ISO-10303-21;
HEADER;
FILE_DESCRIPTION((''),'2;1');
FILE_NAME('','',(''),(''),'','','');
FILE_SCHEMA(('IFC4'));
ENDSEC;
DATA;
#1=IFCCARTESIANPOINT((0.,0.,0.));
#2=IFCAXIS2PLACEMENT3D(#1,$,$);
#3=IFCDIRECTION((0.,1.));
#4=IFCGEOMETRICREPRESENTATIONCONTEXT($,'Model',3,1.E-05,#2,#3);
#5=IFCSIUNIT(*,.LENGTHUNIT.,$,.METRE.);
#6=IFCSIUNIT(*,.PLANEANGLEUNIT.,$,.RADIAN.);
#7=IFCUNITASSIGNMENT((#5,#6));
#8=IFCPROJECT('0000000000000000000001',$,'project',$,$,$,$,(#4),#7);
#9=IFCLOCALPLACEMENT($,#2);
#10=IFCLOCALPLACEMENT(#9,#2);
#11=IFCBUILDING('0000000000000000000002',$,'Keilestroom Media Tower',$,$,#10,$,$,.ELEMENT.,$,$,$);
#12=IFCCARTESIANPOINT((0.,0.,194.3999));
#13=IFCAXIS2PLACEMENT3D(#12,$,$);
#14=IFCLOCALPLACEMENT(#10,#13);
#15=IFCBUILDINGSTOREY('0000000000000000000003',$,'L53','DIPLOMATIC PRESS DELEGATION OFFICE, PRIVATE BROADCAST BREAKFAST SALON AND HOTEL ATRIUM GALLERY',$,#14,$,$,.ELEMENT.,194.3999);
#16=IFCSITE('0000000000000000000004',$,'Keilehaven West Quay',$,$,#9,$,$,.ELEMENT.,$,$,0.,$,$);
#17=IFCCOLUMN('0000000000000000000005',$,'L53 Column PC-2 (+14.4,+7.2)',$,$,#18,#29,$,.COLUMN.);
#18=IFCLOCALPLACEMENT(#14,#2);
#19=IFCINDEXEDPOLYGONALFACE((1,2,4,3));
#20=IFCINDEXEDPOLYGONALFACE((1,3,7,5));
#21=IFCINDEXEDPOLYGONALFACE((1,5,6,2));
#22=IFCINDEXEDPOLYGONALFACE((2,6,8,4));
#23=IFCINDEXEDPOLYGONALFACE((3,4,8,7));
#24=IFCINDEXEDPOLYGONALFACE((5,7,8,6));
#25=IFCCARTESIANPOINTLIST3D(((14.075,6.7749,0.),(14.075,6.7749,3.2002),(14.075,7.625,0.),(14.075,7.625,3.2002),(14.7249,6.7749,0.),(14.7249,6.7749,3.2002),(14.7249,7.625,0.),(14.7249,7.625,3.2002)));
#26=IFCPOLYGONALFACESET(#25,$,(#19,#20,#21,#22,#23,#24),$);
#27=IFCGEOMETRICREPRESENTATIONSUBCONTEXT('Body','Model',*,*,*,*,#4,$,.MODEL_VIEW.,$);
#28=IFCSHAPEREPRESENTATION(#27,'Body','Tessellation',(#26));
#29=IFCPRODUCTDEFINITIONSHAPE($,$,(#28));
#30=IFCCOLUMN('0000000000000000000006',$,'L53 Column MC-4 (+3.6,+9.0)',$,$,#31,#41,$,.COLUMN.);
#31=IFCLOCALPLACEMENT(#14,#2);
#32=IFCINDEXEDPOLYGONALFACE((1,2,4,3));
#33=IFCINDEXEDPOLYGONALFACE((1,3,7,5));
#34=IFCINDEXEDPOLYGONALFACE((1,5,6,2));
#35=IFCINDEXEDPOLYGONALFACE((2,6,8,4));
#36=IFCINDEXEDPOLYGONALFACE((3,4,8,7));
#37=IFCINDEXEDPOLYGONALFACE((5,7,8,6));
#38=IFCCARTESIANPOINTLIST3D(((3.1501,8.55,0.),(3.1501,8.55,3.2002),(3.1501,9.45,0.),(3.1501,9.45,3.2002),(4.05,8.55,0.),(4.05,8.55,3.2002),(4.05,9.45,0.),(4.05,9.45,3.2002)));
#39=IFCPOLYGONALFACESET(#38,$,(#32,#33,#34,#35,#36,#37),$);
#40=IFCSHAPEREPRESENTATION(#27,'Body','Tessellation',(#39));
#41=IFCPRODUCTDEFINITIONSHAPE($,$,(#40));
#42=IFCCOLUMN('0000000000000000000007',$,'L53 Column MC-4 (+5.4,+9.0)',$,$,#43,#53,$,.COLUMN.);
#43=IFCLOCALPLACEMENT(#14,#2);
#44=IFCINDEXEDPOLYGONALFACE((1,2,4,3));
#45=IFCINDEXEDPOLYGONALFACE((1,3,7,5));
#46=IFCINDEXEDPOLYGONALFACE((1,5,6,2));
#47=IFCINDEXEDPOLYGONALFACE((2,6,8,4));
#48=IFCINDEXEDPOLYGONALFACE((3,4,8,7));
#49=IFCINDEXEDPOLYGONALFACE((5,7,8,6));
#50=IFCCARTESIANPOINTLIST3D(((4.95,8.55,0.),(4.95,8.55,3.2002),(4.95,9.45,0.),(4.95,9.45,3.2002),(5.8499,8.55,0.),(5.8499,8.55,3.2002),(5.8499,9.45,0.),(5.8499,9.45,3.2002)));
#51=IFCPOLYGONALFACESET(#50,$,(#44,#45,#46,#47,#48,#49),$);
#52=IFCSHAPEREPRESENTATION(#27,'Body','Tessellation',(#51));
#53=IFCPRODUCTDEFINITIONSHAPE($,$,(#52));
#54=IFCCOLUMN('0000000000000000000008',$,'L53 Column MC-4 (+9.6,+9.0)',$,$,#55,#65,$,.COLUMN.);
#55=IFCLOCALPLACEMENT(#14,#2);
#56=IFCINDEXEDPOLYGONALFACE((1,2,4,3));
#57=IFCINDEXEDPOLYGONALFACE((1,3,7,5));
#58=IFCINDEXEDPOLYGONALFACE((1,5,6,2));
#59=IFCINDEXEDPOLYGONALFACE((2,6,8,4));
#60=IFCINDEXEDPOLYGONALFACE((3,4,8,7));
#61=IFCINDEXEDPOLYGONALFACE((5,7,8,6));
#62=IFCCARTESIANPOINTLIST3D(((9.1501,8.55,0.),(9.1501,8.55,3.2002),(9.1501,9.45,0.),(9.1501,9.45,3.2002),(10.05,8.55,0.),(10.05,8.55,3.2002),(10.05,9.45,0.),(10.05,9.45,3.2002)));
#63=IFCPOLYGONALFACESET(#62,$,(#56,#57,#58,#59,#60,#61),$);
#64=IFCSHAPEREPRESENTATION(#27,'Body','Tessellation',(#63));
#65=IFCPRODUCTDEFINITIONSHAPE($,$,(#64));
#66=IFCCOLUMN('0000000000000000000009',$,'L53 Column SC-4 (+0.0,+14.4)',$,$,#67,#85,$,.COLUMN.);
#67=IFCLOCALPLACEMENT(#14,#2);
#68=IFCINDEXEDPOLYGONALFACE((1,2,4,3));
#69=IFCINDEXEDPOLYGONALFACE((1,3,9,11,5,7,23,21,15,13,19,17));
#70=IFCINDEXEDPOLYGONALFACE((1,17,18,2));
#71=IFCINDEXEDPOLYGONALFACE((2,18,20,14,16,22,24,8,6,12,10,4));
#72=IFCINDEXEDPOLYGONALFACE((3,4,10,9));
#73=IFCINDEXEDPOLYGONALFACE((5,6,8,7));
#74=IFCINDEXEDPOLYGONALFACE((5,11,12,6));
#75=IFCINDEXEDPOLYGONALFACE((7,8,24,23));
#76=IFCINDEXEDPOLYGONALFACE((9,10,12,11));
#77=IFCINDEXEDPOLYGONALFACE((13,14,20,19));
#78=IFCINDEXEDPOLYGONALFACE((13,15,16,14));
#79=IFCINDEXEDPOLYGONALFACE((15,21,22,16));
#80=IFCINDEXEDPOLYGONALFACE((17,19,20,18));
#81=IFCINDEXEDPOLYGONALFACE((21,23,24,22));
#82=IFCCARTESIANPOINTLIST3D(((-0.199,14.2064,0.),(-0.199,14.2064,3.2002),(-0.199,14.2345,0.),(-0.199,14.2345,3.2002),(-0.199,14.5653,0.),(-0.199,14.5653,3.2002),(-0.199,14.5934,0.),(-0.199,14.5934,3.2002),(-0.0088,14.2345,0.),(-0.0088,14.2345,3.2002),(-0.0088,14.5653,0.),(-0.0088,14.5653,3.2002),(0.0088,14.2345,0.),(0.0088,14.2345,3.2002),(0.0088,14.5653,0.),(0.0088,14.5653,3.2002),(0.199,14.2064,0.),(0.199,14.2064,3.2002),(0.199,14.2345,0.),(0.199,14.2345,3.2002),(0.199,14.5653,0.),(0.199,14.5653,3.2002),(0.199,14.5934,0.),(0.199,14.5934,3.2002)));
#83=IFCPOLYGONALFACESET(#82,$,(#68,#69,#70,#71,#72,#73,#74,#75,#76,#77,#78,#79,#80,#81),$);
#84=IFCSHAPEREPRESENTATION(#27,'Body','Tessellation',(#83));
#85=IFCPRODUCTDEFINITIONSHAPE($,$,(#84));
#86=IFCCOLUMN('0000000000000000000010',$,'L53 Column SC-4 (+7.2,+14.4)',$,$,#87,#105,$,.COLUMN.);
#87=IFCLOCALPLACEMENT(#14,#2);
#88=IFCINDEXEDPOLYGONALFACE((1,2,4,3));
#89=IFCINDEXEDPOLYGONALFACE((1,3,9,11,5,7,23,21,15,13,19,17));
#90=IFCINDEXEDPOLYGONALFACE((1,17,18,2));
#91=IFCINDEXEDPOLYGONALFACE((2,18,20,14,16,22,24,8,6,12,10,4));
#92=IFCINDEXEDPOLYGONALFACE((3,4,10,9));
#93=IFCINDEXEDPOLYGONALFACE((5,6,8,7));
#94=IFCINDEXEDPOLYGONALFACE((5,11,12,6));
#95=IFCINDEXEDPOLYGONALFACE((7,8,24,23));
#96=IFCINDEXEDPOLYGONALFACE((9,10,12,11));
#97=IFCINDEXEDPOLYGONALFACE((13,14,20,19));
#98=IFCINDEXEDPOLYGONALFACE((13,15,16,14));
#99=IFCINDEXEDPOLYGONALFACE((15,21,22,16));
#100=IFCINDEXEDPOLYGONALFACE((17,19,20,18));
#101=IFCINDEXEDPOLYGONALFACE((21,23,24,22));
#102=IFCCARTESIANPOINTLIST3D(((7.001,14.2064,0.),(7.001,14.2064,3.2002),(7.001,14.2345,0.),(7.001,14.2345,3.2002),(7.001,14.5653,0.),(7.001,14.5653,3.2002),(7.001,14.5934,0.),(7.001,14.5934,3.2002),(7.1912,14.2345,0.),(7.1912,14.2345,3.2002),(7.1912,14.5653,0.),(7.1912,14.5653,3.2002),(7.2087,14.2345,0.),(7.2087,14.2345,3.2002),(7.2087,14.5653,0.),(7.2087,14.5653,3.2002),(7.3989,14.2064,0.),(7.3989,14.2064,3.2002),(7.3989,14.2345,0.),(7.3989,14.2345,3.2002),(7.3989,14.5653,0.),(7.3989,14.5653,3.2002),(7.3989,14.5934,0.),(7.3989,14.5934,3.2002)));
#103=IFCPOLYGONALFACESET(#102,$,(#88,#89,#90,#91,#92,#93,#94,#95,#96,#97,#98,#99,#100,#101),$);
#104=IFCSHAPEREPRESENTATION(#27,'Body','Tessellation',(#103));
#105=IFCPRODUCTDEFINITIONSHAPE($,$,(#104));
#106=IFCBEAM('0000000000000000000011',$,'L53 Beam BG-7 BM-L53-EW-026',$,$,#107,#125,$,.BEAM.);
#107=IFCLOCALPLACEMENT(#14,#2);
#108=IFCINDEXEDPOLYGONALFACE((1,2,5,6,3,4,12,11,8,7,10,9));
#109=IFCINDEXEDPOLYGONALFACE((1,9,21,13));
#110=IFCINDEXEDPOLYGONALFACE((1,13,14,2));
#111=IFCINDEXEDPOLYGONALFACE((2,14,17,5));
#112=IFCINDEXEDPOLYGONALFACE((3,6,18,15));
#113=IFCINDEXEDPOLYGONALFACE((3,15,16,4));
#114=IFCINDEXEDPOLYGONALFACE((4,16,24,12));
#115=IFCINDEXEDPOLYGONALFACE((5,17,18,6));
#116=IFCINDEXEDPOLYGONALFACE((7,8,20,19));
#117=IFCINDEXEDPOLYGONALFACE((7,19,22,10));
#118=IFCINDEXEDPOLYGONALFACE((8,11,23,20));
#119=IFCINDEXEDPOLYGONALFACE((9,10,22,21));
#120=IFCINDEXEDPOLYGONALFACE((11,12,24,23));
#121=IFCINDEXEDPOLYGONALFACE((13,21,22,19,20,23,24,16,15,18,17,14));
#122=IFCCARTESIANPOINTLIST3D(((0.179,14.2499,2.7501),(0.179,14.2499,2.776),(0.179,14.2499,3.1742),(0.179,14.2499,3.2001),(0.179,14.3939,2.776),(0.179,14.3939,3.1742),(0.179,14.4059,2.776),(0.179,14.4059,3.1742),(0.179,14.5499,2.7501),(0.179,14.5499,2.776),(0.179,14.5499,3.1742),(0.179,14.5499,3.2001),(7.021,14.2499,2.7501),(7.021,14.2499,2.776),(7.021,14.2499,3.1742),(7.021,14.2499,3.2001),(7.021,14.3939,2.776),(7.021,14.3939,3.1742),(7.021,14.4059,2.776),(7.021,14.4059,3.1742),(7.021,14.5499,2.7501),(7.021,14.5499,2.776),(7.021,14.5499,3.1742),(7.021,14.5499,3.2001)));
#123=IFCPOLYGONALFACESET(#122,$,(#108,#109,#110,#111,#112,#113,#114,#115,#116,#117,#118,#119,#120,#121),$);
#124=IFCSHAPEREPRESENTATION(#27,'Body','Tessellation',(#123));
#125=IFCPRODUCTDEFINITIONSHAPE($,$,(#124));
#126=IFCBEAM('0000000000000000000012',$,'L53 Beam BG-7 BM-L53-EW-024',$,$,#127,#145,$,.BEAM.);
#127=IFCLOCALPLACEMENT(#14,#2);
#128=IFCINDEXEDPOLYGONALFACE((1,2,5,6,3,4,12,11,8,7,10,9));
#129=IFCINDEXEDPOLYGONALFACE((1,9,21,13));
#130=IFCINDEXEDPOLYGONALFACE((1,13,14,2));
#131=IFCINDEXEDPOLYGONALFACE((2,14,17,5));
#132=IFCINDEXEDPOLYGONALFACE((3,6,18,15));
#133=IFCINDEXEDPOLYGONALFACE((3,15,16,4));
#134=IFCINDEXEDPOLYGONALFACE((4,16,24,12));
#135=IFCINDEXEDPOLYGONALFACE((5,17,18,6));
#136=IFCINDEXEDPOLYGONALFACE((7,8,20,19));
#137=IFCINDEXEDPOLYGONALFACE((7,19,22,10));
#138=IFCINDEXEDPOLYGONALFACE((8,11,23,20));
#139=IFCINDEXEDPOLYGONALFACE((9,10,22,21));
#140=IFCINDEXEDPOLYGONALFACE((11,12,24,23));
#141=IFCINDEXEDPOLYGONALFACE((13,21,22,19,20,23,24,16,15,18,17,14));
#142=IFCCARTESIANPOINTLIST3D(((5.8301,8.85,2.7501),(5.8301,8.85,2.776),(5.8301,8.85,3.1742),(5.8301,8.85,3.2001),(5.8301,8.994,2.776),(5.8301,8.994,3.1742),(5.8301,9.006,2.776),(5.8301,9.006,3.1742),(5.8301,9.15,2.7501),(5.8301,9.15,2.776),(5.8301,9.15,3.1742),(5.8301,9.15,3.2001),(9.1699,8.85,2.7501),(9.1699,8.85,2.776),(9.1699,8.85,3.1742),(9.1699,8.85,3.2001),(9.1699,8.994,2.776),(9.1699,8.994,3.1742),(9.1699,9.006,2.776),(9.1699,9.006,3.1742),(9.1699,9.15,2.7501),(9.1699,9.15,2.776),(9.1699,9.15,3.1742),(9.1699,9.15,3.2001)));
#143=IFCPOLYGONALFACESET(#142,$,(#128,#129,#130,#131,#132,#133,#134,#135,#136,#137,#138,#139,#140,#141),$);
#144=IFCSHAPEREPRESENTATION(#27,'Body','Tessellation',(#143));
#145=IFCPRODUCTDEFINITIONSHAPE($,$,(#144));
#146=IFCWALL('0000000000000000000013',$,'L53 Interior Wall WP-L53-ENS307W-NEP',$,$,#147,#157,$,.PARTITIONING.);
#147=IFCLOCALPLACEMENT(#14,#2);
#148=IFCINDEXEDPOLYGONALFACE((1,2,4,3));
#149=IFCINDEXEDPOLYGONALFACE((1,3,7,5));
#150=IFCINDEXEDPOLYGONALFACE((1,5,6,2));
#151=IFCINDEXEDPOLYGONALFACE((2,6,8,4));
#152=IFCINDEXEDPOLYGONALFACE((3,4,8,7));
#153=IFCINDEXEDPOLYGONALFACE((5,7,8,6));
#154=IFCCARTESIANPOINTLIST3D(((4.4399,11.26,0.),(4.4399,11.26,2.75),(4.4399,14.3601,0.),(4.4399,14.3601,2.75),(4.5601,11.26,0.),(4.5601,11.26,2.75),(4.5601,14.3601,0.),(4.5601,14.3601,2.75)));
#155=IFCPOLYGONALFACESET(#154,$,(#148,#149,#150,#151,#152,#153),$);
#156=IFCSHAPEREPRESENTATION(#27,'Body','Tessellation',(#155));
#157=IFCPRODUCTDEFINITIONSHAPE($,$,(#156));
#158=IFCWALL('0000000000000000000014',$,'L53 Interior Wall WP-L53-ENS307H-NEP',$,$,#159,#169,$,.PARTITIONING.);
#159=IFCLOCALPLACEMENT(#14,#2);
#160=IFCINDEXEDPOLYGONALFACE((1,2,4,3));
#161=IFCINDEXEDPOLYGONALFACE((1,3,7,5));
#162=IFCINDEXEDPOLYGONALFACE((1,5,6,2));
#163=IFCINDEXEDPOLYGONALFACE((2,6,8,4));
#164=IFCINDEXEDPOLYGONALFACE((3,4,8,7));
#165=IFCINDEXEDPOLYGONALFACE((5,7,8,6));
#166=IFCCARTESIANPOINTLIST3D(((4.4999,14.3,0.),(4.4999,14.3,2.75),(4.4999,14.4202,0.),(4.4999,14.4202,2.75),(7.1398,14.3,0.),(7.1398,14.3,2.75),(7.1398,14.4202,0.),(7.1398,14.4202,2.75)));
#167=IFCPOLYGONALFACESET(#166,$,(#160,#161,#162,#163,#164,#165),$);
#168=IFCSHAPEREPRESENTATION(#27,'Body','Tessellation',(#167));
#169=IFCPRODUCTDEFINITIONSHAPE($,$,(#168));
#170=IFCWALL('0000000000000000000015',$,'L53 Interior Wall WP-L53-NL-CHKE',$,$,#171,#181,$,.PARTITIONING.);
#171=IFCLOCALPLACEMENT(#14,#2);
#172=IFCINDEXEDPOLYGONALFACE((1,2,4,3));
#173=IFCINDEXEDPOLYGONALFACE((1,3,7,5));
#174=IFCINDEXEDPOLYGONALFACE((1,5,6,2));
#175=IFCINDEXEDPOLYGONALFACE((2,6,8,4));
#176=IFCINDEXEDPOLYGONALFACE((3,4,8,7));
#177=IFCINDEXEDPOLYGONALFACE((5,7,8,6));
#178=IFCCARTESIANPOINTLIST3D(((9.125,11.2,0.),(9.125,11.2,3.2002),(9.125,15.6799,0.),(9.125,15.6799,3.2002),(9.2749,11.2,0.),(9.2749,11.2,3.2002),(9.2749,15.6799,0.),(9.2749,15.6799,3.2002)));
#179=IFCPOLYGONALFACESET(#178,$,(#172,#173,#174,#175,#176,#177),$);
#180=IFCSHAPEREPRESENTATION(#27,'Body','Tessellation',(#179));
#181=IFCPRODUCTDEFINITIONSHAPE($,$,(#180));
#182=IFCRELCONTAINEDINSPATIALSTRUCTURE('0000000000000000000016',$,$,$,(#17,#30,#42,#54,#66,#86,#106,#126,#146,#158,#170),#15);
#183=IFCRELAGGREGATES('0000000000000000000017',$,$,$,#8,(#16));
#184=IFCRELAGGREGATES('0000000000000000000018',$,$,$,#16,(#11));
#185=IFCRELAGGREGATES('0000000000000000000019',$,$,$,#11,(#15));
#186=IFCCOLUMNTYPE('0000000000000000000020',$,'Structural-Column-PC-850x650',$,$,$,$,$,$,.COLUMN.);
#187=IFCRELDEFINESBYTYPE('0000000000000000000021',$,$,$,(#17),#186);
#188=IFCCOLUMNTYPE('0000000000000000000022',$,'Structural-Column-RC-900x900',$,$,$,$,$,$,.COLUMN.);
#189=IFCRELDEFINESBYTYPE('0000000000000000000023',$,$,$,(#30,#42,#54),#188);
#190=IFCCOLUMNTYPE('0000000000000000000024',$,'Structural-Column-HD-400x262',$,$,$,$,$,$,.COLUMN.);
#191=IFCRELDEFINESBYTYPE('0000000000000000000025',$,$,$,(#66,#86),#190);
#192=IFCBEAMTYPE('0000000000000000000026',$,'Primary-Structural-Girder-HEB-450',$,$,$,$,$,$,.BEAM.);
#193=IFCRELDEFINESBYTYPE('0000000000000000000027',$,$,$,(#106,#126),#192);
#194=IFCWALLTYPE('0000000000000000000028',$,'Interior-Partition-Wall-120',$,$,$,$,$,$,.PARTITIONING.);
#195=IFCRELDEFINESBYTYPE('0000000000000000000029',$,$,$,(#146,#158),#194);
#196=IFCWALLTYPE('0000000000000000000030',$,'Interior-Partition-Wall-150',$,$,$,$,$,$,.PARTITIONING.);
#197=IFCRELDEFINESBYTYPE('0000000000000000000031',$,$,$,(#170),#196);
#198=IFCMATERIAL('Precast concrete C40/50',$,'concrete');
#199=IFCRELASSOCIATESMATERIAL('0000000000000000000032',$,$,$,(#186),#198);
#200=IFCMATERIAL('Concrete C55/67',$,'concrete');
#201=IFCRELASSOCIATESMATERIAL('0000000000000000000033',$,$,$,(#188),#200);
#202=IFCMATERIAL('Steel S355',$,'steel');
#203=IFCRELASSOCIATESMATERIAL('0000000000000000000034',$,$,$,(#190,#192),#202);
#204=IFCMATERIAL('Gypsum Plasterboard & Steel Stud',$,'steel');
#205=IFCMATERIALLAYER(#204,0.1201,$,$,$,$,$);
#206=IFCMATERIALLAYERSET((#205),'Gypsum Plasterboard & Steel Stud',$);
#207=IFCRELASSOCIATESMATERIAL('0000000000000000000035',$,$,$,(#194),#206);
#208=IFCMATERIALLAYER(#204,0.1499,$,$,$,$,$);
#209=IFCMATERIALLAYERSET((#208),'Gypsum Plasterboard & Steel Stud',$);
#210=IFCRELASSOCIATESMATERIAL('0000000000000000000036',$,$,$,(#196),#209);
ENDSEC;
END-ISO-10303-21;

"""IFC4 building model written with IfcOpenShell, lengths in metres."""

from ifc_helpers import new_model, si_unit, direction, frame, frame_2d, origin, origin_2d, place, context, subcontext, project, spatial, rectangle, i_section, extrude, source, transform, mapped, material, layer, layer_set, material_profile, profile_set, type_object, element, save


model = new_model("IFC4")

# Units and contexts
model_context = context("Model", 3, precision=1e-05, world=origin(), true_north=direction((0.0, 1.0)))
body_context = subcontext(model_context, "Body", "Model", "MODEL_VIEW")
ifc_project = project(units=[si_unit("LENGTHUNIT", "METRE"), si_unit("PLANEANGLEUNIT", "RADIAN")], contexts=[model_context])

# Site, building, storey
site_placement = place(None, origin())
site = spatial("IfcSite", under=ifc_project, at=site_placement, Name="Keilehaven West Quay", CompositionType="ELEMENT", RefElevation=0.0)
building_placement = place(site_placement, origin())
building = spatial("IfcBuilding", under=site, at=building_placement, Name="Keilestroom Media Tower", CompositionType="ELEMENT")
storey_placement = place(building_placement, frame((0.0, 0.0, 194.3999)))
storey = spatial("IfcBuildingStorey", under=building, at=storey_placement, Name="L53", Description="DIPLOMATIC PRESS DELEGATION OFFICE, PRIVATE BROADCAST BREAKFAST SALON AND HOTEL ATRIUM GALLERY", CompositionType="ELEMENT", Elevation=194.3999)

# Columns
ifc_material_1 = material(Name="Precast concrete C40/50", Category="concrete")
ifc_material_profile_1 = material_profile(ifc_material_1, rectangle(XDim=0.6499, YDim=0.8501, at=origin_2d()), Name="PC 850x650")
ifc_profile_set_1 = profile_set([ifc_material_profile_1], Name="Precast concrete C40/50")
column_type_1 = type_object("IfcColumnType", Name="Structural-Column-PC-850x650", PredefinedType="COLUMN", material=ifc_profile_set_1)
shared_shape_1 = source(origin(), body_context, "Body", "SweptSolid", [
    extrude(rectangle(XDim=0.6499, YDim=0.8501, at=origin_2d()), origin(), (0.0, 0.0, 1.0), 3.2002),
])
column_placement = place(storey_placement, frame((14.3999, 7.2, 0.0), z_axis=(0.0, 0.0, 1.0), x_axis=(1.0, 0.0, 0.0)))
element("IfcColumn", 1, at=column_placement, inside=storey, type_object=column_type_1, Name="L53 Column PC-2 (+14.4,+7.2)", PredefinedType="COLUMN", context=body_context, shape_type="MappedRepresentation", body=[
    mapped(shared_shape_1, transform((0.0, 0.0, 0.0), x_axis=(1.0, 0.0, 0.0), y_axis=(0.0, 1.0, 0.0), z_axis=(0.0, 0.0, 1.0), scale=1.0)),
])
ifc_material_2 = material(Name="Concrete C55/67", Category="concrete")
ifc_material_profile_2 = material_profile(ifc_material_2, rectangle(XDim=0.8999, YDim=0.8999, at=origin_2d()), Name="RC 900x900")
ifc_profile_set_2 = profile_set([ifc_material_profile_2], Name="Concrete C55/67")
column_type_2 = type_object("IfcColumnType", Name="Structural-Column-RC-900x900", PredefinedType="COLUMN", material=ifc_profile_set_2)
shared_shape_2 = source(origin(), body_context, "Body", "SweptSolid", [
    extrude(rectangle(XDim=0.8999, YDim=0.8999, at=origin_2d()), origin(), (0.0, 0.0, 1.0), 3.2002),
])
for number, where, z_axis, x_axis, name in (
    (2, (3.6001, 9.0, 0.0), (0.0, 0.0, 1.0), (1.0, 0.0, 0.0), "L53 Column MC-4 (+3.6,+9.0)"),
    (3, (5.3999, 9.0, 0.0), (0.0, 0.0, 1.0), (1.0, 0.0, 0.0), "L53 Column MC-4 (+5.4,+9.0)"),
    (4, (9.6001, 9.0, 0.0), (0.0, 0.0, 1.0), (1.0, 0.0, 0.0), "L53 Column MC-4 (+9.6,+9.0)"),
):
    element("IfcColumn", number, at=place(storey_placement, frame(where, z_axis=z_axis, x_axis=x_axis)), inside=storey, type_object=column_type_2, Name=name, PredefinedType="COLUMN", context=body_context, shape_type="MappedRepresentation", body=[
        mapped(shared_shape_2, transform((0.0, 0.0, 0.0), x_axis=(1.0, 0.0, 0.0), y_axis=(0.0, 1.0, 0.0), z_axis=(0.0, 0.0, 1.0), scale=1.0)),
    ])
ifc_material_3 = material(Name="Steel S355", Category="steel")
ifc_material_profile_3 = material_profile(ifc_material_3, i_section(OverallWidth=0.3979, OverallDepth=0.387, WebThickness=0.0176, FlangeThickness=0.0281, at=origin_2d()), Name="HD 400x262")
ifc_profile_set_3 = profile_set([ifc_material_profile_3], Name="Steel S355")
column_type_3 = type_object("IfcColumnType", Name="Structural-Column-HD-400x262", PredefinedType="COLUMN", material=ifc_profile_set_3)
shared_shape_3 = source(origin(), body_context, "Body", "SweptSolid", [
    extrude(i_section(OverallWidth=0.3979, OverallDepth=0.387, WebThickness=0.0176, FlangeThickness=0.0281, at=origin_2d()), origin(), (0.0, 0.0, 1.0), 3.2002),
])
for number, where, z_axis, x_axis, name in (
    (5, (0.0, 14.3999, 0.0), (0.0, 0.0, 1.0), (1.0, 0.0, 0.0), "L53 Column SC-4 (+0.0,+14.4)"),
    (6, (7.2, 14.3999, 0.0), (0.0, 0.0, 1.0), (1.0, 0.0, 0.0), "L53 Column SC-4 (+7.2,+14.4)"),
):
    element("IfcColumn", number, at=place(storey_placement, frame(where, z_axis=z_axis, x_axis=x_axis)), inside=storey, type_object=column_type_3, Name=name, PredefinedType="COLUMN", context=body_context, shape_type="MappedRepresentation", body=[
        mapped(shared_shape_3, transform((0.0, 0.0, 0.0), x_axis=(1.0, 0.0, 0.0), y_axis=(0.0, 1.0, 0.0), z_axis=(0.0, 0.0, 1.0), scale=1.0)),
    ])

# Beams
ifc_material_profile_4 = material_profile(ifc_material_3, i_section(OverallWidth=0.3, OverallDepth=0.45, WebThickness=0.012, FlangeThickness=0.0259, at=origin_2d()), Name="HEB 450")
ifc_profile_set_4 = profile_set([ifc_material_profile_4], Name="Steel S355")
beam_type = type_object("IfcBeamType", Name="Primary-Structural-Girder-HEB-450", PredefinedType="BEAM", material=ifc_profile_set_4)
shared_shape_4 = source(origin(), body_context, "Body", "SweptSolid", [
    extrude(i_section(OverallWidth=0.3, OverallDepth=0.45, WebThickness=0.012, FlangeThickness=0.0259, at=origin_2d()), origin(), (0.0, 0.0, 1.0), 6.842),
])
beam_1_placement = place(storey_placement, frame((0.179, 14.3999, 2.9751), z_axis=(1.0, 0.0, 0.0), x_axis=(0.0, 1.0, 0.0)))
element("IfcBeam", 7, at=beam_1_placement, inside=storey, type_object=beam_type, Name="L53 Beam BG-7 BM-L53-EW-026", PredefinedType="BEAM", context=body_context, shape_type="MappedRepresentation", body=[
    mapped(shared_shape_4, transform((0.0, 0.0, 0.0), x_axis=(1.0, 0.0, 0.0), y_axis=(0.0, 1.0, 0.0), z_axis=(0.0, 0.0, 1.0), scale=1.0)),
])
shared_shape_5 = source(origin(), body_context, "Body", "SweptSolid", [
    extrude(i_section(OverallWidth=0.3, OverallDepth=0.45, WebThickness=0.012, FlangeThickness=0.0259, at=origin_2d()), origin(), (0.0, 0.0, 1.0), 3.3398),
])
beam_2_placement = place(storey_placement, frame((5.8301, 9.0, 2.9751), z_axis=(1.0, 0.0, 0.0), x_axis=(0.0, 1.0, 0.0)))
element("IfcBeam", 8, at=beam_2_placement, inside=storey, type_object=beam_type, Name="L53 Beam BG-7 BM-L53-EW-024", PredefinedType="BEAM", context=body_context, shape_type="MappedRepresentation", body=[
    mapped(shared_shape_5, transform((0.0, 0.0, 0.0), x_axis=(1.0, 0.0, 0.0), y_axis=(0.0, 1.0, 0.0), z_axis=(0.0, 0.0, 1.0), scale=1.0)),
])

# Walls
ifc_material_4 = material(Name="Gypsum Plasterboard & Steel Stud", Category="steel")
ifc_layer_1 = layer(ifc_material_4, 0.1201)
ifc_layer_set_1 = layer_set([ifc_layer_1], Name="Gypsum Plasterboard & Steel Stud")
wall_type_1 = type_object("IfcWallType", Name="Interior-Partition-Wall-120", PredefinedType="PARTITIONING", material=ifc_layer_set_1)
wall_1_placement = place(storey_placement, frame((4.5, 11.26, 0.0), z_axis=(0.0, 0.0, 1.0), x_axis=(0.0, 1.0, 0.0)))
element("IfcWall", 9, at=wall_1_placement, inside=storey, type_object=wall_type_1, Name="L53 Interior Wall WP-L53-ENS307W-NEP", PredefinedType="PARTITIONING", context=body_context, shape_type="SweptSolid", body=[
    extrude(rectangle(XDim=3.1001, YDim=0.1201, at=frame_2d((1.55, 0.0))), origin(), (0.0, 0.0, 1.0), 2.75),
])
wall_2_placement = place(storey_placement, frame((4.5, 14.3601, 0.0), z_axis=(0.0, 0.0, 1.0), x_axis=(1.0, 0.0, 0.0)))
element("IfcWall", 10, at=wall_2_placement, inside=storey, type_object=wall_type_1, Name="L53 Interior Wall WP-L53-ENS307H-NEP", PredefinedType="PARTITIONING", context=body_context, shape_type="SweptSolid", body=[
    extrude(rectangle(XDim=2.6399, YDim=0.1201, at=frame_2d((1.3198, 0.0))), origin(), (0.0, 0.0, 1.0), 2.75),
])
ifc_layer_2 = layer(ifc_material_4, 0.1499)
ifc_layer_set_2 = layer_set([ifc_layer_2], Name="Gypsum Plasterboard & Steel Stud")
wall_type_2 = type_object("IfcWallType", Name="Interior-Partition-Wall-150", PredefinedType="PARTITIONING", material=ifc_layer_set_2)
wall_3_placement = place(storey_placement, frame((9.2, 11.2, 0.0), z_axis=(0.0, 0.0, 1.0), x_axis=(0.0, 1.0, 0.0)))
element("IfcWall", 11, at=wall_3_placement, inside=storey, type_object=wall_type_2, Name="L53 Interior Wall WP-L53-NL-CHKE", PredefinedType="PARTITIONING", context=body_context, shape_type="SweptSolid", body=[
    extrude(rectangle(XDim=4.48, YDim=0.1499, at=frame_2d((2.24, 0.0))), origin(), (0.0, 0.0, 1.0), 3.2002),
])

save(model, "model.ifc")
